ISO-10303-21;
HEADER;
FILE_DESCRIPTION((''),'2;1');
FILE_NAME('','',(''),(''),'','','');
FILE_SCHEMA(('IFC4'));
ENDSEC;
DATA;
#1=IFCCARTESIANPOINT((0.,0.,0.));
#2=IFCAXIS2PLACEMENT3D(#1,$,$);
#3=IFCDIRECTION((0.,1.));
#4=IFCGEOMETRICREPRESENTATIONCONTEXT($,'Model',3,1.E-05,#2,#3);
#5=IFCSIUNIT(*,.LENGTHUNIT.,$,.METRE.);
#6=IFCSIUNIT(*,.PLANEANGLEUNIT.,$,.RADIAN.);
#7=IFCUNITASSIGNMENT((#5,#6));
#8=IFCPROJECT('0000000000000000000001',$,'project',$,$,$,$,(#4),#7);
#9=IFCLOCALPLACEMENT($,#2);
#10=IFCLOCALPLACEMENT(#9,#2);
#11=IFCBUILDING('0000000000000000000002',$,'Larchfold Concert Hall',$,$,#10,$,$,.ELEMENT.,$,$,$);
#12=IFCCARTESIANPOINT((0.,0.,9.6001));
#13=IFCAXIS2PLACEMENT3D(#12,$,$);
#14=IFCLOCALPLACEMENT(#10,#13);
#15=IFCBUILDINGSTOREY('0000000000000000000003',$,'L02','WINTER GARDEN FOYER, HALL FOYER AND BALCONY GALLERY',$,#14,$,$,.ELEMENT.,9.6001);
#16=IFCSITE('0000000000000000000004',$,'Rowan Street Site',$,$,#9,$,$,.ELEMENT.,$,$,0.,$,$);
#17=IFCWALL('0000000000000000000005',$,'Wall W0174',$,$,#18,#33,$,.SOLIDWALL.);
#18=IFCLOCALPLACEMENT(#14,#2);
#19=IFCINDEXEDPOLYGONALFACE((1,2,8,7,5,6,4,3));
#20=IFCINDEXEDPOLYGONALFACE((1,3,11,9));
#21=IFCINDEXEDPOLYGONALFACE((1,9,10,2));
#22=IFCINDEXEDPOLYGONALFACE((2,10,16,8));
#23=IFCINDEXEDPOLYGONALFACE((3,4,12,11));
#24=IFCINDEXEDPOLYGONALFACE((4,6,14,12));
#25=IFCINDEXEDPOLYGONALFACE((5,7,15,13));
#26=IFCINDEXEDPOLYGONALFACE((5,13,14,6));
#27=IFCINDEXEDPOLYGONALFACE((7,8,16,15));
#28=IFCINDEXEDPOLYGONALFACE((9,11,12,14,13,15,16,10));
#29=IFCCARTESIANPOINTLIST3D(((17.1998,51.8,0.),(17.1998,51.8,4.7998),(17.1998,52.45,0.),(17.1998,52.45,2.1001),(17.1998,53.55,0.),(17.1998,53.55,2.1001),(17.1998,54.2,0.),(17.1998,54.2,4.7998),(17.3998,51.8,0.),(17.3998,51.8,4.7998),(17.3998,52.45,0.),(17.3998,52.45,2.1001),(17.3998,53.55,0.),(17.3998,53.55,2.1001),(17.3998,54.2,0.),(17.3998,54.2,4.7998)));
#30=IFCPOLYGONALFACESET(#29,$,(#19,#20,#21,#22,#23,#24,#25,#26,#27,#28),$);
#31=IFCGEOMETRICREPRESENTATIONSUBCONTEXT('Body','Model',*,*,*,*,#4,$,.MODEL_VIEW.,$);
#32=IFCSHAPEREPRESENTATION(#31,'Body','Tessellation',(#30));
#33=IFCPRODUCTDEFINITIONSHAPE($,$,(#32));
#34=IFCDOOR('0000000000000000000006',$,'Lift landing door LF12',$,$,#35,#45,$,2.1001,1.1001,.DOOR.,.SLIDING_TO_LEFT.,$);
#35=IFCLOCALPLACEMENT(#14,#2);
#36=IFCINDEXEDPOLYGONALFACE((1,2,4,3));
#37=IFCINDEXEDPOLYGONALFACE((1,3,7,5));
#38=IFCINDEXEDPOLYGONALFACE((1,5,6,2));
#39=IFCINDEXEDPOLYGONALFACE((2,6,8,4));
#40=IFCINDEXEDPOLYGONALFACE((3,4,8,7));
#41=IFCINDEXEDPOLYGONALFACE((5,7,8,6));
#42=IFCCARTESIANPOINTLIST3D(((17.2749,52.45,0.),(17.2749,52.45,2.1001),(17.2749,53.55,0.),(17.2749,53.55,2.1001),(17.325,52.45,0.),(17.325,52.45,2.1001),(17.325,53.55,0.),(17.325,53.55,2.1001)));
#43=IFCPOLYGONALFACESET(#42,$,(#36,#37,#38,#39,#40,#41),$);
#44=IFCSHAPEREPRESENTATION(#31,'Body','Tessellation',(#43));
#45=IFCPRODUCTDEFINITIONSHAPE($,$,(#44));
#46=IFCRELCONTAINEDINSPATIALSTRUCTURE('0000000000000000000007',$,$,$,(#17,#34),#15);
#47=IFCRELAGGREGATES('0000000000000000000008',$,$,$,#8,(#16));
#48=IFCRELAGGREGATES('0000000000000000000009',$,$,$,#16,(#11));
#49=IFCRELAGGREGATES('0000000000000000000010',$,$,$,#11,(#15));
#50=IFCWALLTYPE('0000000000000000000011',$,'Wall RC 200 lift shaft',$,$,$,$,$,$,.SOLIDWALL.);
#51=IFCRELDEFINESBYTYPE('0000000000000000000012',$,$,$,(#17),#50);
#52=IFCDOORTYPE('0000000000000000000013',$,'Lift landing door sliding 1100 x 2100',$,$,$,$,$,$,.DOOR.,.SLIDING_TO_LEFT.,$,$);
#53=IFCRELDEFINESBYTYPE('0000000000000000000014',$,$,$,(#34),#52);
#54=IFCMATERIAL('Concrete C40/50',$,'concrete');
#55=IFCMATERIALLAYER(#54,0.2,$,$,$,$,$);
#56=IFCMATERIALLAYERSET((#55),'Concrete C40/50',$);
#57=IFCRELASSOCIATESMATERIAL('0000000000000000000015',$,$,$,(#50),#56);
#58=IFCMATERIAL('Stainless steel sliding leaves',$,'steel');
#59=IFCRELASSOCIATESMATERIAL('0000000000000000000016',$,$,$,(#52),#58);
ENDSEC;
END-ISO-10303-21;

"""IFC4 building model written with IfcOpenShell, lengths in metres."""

from ifc_helpers import new_model, si_unit, direction, frame, frame_2d, origin, place, context, subcontext, project, spatial, rectangle, extrude, material, layer, layer_set, type_object, element, fill, save


model = new_model("IFC4")

# Units and contexts
model_context = context("Model", 3, precision=1e-05, world=origin(), true_north=direction((0.0, 1.0)))
body_context = subcontext(model_context, "Body", "Model", "MODEL_VIEW")
ifc_project = project(units=[si_unit("LENGTHUNIT", "METRE"), si_unit("PLANEANGLEUNIT", "RADIAN")], contexts=[model_context])

# Site, building, storey
site_placement = place(None, origin())
site = spatial("IfcSite", under=ifc_project, at=site_placement, Name="Rowan Street Site", CompositionType="ELEMENT", RefElevation=0.0)
building_placement = place(site_placement, origin())
building = spatial("IfcBuilding", under=site, at=building_placement, Name="Larchfold Concert Hall", CompositionType="ELEMENT")
storey_placement = place(building_placement, frame((0.0, 0.0, 9.6001)))
storey = spatial("IfcBuildingStorey", under=building, at=storey_placement, Name="L02", Description="WINTER GARDEN FOYER, HALL FOYER AND BALCONY GALLERY", CompositionType="ELEMENT", Elevation=9.6001)

# Shared definitions
ifc_material_1 = material(Name="Concrete C40/50", Category="concrete")
ifc_layer_1 = layer(ifc_material_1, 0.2)
ifc_layer_set_1 = layer_set([ifc_layer_1], Name="Concrete C40/50")
wall_type_1 = type_object("IfcWallType", Name="Wall RC 200 lift shaft", PredefinedType="SOLIDWALL", material=ifc_layer_set_1)

# Wall, opening, door
wall_1_placement = place(storey_placement, frame((17.2998, 51.8, 0.0), z_axis=(0.0, 0.0, 1.0), x_axis=(0.0, 1.0, 0.0)))
wall_1 = element("IfcWall", 1, at=wall_1_placement, inside=storey, type_object=wall_type_1, Name="Wall W0174", PredefinedType="SOLIDWALL", context=body_context, shape_type="SweptSolid", body=[
    extrude(rectangle(XDim=2.3999, YDim=0.2, at=frame_2d((1.2, 0.0))), origin(), (0.0, 0.0, 1.0), 4.7998),
])
opening_placement = place(wall_1_placement, frame((0.6499, 0.0, 0.0)))
opening = element("IfcOpeningElement", 2, at=opening_placement, cuts=wall_1, PredefinedType="OPENING", context=body_context, shape_type="SweptSolid", body=[
    extrude(rectangle(XDim=1.1001, YDim=2.1001, at=frame_2d((0.55, 1.05))), frame((0.0, 0.1099, 0.0), z_axis=(0.0, -1.0, 0.0), x_axis=(1.0, 0.0, 0.0)), (0.0, 0.0, 1.0), 0.22),
])
ifc_material_2 = material(Name="Stainless steel sliding leaves", Category="steel")
door_type = type_object("IfcDoorType", Name="Lift landing door sliding 1100 x 2100", OperationType="SLIDING_TO_LEFT", PredefinedType="DOOR", material=ifc_material_2)
door_placement = place(opening_placement, origin())
door = element("IfcDoor", 3, at=door_placement, inside=storey, type_object=door_type, Name="Lift landing door LF12", OperationType="SLIDING_TO_LEFT", OverallHeight=2.1001, OverallWidth=1.1001, PredefinedType="DOOR", context=body_context, shape_type="SweptSolid", body=[
    extrude(rectangle(XDim=1.1001, YDim=2.1001, at=frame_2d((0.55, 1.05))), frame((0.0, 0.0249, 0.0), z_axis=(0.0, -1.0, 0.0), x_axis=(1.0, 0.0, 0.0)), (0.0, 0.0, 1.0), 0.05),
])
fill(opening, door)

save(model, "model.ifc")
